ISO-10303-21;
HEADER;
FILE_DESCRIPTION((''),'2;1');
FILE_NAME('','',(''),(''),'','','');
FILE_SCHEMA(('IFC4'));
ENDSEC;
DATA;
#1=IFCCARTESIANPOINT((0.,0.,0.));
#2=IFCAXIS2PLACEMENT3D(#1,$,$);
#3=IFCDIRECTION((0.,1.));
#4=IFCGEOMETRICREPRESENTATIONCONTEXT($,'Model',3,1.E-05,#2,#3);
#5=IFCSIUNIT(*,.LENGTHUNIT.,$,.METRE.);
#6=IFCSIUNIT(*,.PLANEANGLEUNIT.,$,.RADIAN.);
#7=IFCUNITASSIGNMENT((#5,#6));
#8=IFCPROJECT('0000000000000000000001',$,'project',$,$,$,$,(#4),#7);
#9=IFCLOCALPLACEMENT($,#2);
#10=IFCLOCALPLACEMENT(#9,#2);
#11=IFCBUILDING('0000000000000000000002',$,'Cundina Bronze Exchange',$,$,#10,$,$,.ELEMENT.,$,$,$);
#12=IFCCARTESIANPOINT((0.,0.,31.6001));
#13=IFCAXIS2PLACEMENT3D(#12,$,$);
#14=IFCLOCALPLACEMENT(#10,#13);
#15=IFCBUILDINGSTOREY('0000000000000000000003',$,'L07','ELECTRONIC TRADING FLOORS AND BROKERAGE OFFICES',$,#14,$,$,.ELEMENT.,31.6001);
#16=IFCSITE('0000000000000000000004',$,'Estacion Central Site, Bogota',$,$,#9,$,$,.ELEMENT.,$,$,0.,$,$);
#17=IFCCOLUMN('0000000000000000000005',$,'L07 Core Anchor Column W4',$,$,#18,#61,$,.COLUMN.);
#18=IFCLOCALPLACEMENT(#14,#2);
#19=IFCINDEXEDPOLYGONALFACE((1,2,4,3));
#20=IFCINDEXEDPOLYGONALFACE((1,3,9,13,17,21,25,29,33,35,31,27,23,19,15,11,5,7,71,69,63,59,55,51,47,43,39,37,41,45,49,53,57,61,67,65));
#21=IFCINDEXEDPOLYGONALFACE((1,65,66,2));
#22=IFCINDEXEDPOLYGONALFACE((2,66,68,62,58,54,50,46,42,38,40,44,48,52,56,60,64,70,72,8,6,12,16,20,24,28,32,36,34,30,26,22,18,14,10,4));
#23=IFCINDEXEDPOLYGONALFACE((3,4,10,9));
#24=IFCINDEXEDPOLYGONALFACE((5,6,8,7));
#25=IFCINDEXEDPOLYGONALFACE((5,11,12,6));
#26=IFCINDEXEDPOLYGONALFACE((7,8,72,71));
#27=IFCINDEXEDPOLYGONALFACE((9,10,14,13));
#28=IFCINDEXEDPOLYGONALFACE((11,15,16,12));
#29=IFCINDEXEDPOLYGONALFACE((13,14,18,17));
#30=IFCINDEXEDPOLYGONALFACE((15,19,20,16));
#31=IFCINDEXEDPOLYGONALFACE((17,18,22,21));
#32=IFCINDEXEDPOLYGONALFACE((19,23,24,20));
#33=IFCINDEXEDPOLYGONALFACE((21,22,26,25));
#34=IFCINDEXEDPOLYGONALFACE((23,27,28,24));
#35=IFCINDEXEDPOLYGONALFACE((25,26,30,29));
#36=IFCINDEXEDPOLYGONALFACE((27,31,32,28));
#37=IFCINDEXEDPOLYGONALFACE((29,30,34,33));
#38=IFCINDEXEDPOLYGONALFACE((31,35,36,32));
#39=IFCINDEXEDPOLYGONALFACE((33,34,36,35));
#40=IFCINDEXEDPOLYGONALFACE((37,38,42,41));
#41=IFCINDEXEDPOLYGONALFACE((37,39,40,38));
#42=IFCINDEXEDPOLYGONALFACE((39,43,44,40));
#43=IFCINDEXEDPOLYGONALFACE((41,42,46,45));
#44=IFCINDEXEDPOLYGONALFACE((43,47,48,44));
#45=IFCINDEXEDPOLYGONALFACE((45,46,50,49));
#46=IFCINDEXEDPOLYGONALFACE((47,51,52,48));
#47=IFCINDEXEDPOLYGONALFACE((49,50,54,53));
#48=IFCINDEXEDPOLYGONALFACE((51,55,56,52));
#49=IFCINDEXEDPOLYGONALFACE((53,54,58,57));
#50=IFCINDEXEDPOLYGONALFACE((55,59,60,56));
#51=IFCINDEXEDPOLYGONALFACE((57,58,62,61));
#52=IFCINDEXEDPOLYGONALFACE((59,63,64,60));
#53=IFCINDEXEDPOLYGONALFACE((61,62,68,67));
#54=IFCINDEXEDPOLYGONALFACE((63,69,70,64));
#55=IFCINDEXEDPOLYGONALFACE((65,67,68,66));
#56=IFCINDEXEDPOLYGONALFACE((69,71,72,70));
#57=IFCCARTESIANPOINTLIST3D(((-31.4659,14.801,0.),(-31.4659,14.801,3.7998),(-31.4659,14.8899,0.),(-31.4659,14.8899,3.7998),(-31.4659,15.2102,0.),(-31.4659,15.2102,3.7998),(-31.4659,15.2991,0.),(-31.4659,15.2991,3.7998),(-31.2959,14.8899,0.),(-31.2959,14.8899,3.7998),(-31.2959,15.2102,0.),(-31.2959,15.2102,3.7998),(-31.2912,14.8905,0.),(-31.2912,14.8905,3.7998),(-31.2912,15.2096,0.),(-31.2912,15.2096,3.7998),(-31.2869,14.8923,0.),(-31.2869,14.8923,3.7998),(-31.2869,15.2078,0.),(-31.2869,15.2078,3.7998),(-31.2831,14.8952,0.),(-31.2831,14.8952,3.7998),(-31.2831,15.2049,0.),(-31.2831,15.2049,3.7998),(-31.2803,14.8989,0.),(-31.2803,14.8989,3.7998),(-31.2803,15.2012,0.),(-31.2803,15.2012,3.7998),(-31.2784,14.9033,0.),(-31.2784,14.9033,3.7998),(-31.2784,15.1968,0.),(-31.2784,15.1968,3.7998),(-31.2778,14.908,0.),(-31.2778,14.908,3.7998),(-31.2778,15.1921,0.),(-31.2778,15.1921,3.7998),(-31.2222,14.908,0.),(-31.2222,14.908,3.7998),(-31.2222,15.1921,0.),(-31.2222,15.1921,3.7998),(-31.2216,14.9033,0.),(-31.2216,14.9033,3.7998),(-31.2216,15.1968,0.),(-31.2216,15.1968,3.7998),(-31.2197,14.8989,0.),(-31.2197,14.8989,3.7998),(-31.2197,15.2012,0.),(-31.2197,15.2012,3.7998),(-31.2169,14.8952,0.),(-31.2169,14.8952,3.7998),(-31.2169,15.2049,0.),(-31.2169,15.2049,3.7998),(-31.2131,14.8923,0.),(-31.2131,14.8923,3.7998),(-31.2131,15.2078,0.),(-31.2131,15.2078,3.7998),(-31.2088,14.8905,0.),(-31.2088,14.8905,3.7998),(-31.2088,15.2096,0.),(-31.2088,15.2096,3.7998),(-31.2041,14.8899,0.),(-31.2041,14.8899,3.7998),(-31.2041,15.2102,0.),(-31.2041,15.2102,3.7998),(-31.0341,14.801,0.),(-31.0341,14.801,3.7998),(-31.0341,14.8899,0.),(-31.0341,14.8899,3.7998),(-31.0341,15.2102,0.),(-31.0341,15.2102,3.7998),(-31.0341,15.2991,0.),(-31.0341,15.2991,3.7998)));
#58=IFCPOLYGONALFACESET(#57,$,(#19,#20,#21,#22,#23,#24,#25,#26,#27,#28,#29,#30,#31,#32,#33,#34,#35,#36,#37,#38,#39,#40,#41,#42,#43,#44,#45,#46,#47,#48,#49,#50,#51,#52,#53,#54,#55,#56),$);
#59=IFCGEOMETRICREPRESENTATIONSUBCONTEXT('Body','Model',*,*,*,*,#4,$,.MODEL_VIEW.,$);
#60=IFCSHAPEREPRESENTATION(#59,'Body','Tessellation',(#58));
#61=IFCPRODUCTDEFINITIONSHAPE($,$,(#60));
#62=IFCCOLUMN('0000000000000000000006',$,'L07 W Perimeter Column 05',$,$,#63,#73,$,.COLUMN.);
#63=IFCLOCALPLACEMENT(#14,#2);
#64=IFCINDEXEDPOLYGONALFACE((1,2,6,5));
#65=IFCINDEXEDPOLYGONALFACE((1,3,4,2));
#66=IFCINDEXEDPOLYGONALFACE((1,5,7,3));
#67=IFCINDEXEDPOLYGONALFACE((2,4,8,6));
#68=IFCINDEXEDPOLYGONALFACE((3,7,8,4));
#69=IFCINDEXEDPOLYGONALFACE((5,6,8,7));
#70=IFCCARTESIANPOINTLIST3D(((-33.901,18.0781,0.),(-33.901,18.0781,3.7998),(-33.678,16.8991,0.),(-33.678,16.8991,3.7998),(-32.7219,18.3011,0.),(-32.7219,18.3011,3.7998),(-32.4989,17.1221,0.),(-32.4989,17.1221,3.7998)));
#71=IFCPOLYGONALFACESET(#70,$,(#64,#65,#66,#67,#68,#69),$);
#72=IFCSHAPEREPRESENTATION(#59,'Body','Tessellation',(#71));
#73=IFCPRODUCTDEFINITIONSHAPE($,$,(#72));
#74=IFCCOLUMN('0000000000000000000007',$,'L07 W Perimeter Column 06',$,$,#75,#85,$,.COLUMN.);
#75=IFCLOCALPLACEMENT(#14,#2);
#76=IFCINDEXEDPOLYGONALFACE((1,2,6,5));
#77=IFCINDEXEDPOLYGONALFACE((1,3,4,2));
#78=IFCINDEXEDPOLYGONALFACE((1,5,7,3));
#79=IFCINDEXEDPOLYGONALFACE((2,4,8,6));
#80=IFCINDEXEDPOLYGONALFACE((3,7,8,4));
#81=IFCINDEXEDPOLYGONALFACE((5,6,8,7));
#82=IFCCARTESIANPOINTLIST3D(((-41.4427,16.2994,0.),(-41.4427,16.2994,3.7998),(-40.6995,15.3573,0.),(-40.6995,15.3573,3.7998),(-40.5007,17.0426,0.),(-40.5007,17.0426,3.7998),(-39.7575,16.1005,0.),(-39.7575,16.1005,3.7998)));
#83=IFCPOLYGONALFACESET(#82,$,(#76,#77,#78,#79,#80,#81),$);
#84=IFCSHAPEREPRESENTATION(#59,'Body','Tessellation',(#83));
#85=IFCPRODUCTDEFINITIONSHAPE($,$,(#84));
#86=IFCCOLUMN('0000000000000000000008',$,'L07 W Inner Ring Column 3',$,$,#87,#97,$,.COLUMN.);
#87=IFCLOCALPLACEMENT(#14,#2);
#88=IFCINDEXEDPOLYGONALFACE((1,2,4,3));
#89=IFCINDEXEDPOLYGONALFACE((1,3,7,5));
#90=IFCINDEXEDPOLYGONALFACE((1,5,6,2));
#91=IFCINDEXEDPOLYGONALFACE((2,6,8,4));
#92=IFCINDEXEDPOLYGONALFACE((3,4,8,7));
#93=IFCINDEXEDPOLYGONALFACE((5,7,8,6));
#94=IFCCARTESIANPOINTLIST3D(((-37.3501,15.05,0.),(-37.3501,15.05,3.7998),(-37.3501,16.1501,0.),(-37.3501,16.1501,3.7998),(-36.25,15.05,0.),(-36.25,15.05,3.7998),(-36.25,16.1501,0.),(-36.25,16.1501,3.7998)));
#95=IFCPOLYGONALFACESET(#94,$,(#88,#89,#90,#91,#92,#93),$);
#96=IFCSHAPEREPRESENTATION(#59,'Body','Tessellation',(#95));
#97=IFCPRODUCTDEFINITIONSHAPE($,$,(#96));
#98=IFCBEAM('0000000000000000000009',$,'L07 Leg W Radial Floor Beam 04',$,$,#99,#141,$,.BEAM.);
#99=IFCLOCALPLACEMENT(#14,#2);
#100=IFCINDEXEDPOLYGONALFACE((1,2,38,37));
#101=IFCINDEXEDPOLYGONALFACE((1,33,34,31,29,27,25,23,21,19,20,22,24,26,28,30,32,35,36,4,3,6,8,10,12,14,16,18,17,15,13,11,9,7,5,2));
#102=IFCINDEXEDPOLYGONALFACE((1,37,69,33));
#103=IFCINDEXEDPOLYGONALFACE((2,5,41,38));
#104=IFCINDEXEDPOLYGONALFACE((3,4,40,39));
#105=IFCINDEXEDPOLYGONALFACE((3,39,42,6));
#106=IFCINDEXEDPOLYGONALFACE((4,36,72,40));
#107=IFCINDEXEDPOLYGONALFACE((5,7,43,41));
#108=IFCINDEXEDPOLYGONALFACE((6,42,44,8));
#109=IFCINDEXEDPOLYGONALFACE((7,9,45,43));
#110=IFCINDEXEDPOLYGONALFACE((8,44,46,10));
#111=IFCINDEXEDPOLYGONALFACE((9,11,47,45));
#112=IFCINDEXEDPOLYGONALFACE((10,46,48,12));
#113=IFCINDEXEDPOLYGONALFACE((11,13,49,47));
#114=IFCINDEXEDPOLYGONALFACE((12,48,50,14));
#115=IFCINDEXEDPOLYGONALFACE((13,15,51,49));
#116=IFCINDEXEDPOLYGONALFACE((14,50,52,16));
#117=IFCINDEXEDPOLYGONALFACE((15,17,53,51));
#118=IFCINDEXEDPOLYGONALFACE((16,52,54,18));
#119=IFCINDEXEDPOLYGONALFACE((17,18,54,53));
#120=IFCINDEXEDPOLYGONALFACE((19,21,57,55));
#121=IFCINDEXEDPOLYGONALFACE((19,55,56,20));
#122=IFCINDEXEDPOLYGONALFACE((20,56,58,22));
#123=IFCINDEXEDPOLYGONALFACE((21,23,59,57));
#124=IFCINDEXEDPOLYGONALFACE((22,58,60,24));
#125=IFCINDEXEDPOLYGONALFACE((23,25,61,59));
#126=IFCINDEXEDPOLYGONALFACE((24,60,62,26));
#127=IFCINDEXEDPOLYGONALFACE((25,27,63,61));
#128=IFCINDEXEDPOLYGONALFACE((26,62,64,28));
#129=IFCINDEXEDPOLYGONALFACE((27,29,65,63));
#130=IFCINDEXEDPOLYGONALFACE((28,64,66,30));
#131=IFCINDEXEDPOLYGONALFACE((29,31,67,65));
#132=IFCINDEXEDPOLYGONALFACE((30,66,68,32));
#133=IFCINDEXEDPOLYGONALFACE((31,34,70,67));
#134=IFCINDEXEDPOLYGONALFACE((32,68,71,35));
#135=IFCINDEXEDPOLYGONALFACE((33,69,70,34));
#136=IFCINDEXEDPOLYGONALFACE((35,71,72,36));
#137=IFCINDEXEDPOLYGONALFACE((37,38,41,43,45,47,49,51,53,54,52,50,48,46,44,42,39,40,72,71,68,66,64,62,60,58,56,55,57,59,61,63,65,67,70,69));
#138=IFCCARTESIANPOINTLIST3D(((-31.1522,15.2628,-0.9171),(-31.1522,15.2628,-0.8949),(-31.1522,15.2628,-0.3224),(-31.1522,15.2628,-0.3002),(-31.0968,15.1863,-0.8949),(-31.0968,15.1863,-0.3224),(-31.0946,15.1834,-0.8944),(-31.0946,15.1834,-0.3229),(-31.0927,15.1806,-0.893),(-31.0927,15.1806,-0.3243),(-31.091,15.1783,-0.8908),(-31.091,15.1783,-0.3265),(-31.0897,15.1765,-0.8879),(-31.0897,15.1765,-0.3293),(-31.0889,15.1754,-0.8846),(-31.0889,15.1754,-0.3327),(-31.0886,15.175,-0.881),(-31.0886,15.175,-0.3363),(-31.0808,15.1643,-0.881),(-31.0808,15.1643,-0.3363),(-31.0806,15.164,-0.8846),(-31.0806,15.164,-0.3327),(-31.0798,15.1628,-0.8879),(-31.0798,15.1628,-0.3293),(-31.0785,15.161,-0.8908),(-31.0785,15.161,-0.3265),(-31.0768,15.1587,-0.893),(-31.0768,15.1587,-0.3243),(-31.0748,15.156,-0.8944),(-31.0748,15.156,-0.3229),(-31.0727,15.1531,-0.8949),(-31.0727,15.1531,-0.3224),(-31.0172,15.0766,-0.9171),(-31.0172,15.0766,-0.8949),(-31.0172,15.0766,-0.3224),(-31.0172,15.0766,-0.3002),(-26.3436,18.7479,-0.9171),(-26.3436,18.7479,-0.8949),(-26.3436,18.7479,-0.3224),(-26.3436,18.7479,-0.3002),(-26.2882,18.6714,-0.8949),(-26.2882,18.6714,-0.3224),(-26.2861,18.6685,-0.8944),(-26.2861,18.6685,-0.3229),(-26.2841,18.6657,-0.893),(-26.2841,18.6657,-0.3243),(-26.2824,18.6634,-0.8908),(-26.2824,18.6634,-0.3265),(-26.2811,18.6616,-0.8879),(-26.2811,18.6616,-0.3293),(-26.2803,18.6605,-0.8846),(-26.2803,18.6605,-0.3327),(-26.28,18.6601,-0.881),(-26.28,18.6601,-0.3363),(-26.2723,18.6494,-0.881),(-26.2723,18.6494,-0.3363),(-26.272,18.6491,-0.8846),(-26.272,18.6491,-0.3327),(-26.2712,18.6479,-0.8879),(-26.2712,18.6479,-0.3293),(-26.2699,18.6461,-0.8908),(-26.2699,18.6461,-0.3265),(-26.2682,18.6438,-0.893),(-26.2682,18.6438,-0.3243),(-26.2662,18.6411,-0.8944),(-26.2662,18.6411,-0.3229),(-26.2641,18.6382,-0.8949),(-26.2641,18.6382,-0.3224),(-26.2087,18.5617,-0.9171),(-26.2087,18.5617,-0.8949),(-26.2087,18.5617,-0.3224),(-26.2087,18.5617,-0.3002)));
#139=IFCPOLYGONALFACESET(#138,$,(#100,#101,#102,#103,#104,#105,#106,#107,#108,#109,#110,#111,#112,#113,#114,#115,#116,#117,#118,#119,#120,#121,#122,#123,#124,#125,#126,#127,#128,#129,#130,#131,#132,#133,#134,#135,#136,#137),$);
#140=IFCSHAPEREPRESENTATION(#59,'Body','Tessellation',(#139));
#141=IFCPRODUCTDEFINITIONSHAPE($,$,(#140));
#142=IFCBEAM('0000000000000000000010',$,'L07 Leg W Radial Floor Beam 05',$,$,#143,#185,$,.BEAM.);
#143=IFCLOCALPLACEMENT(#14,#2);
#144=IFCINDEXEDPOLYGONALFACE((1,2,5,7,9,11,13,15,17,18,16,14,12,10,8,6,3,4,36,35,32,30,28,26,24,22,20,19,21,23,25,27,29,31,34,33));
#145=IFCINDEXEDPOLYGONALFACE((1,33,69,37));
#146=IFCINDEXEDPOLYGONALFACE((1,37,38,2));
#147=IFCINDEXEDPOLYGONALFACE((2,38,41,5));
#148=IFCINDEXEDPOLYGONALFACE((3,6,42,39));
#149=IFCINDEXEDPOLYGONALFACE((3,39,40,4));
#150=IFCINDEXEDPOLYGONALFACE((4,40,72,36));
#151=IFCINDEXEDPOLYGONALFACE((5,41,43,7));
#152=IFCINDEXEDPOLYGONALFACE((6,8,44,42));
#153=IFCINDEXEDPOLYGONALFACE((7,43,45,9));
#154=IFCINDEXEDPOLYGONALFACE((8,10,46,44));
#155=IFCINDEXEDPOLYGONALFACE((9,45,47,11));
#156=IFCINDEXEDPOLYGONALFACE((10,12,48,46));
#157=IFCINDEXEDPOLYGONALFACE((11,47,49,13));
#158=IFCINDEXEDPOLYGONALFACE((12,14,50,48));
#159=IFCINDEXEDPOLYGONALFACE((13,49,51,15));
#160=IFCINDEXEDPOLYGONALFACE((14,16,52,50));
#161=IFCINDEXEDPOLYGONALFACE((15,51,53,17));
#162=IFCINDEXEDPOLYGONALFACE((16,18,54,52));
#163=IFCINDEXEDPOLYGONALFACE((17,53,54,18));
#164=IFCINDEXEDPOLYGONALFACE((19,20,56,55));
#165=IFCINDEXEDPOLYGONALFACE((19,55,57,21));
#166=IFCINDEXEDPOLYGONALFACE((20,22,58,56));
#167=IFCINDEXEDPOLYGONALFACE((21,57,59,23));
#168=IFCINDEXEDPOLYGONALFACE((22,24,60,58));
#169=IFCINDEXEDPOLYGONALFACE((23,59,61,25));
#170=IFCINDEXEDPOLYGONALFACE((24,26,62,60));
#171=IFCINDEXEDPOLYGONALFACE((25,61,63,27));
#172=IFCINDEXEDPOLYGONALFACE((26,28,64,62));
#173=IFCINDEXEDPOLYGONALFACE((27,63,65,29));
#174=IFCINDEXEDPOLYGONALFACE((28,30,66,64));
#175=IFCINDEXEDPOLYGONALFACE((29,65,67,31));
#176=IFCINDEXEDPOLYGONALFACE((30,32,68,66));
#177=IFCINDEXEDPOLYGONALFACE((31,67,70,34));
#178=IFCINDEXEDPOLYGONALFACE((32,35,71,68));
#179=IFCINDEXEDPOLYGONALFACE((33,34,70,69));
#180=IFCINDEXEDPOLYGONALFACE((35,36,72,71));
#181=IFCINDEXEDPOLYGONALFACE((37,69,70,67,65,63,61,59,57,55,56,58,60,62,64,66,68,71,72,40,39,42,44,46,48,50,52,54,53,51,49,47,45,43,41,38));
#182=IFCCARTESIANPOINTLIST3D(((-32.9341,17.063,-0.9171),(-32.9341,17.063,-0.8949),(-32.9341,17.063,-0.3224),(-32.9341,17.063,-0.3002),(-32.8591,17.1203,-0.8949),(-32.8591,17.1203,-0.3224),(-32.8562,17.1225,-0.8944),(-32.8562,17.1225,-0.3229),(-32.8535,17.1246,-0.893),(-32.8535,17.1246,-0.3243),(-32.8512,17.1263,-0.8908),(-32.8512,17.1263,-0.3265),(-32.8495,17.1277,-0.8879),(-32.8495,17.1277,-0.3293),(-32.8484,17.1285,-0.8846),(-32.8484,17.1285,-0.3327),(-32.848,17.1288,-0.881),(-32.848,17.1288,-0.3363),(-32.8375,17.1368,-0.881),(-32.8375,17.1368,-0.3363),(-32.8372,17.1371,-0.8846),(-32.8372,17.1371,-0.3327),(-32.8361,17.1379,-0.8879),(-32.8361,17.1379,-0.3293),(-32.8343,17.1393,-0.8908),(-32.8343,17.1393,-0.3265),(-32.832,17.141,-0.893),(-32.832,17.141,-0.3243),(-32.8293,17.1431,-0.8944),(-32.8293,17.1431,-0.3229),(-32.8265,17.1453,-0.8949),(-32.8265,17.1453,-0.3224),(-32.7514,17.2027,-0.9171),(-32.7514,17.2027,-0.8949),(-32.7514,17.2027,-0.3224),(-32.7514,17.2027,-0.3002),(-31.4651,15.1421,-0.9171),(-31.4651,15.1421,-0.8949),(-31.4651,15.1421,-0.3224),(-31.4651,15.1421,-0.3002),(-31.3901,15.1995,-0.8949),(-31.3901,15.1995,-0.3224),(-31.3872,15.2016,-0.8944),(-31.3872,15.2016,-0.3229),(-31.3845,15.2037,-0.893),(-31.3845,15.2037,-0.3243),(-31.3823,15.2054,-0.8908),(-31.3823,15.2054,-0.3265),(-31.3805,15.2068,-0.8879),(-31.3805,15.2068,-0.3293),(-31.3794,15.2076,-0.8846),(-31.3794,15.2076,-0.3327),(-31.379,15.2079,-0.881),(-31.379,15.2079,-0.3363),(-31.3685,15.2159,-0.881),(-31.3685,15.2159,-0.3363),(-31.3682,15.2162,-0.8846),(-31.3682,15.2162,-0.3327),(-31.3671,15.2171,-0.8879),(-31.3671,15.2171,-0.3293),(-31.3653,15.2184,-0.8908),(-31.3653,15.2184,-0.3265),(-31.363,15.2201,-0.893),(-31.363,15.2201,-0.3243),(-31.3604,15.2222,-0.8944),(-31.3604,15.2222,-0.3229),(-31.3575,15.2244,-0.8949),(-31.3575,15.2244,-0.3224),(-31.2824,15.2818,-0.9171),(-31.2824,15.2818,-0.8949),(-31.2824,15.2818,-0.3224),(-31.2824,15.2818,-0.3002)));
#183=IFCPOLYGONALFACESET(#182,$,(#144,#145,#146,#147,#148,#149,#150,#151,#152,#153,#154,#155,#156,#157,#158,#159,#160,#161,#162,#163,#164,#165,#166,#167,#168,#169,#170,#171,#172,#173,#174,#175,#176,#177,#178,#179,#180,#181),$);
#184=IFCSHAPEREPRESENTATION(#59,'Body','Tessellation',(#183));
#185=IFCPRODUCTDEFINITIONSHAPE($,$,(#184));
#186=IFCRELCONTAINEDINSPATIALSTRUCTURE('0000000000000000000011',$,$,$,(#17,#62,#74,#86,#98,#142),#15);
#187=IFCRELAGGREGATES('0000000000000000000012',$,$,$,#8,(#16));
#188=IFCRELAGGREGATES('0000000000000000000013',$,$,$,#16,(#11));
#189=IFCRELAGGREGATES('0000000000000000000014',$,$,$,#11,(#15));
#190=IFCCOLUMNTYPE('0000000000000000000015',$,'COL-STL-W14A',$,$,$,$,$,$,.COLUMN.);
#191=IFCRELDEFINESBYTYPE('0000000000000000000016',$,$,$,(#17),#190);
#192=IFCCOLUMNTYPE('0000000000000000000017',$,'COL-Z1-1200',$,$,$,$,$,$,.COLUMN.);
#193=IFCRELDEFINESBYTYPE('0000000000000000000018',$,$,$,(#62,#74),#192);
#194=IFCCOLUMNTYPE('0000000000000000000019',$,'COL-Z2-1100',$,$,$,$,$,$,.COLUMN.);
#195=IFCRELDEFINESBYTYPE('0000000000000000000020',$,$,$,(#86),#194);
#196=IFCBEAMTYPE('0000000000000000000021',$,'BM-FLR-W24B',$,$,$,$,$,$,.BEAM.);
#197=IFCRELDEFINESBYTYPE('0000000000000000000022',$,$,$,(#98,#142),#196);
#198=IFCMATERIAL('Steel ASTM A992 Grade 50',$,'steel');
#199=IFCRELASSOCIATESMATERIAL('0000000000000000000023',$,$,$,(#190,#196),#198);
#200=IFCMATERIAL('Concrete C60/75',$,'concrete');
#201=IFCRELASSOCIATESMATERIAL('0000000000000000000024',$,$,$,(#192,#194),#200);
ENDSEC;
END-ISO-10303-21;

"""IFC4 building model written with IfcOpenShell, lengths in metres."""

from ifc_helpers import new_model, si_unit, direction, frame, origin, origin_2d, place, context, subcontext, project, spatial, rectangle, i_section, extrude, material, material_profile, profile_set, type_object, element, save


model = new_model("IFC4")

# Units and contexts
model_context = context("Model", 3, precision=1e-05, world=origin(), true_north=direction((0.0, 1.0)))
body_context = subcontext(model_context, "Body", "Model", "MODEL_VIEW")
ifc_project = project(units=[si_unit("LENGTHUNIT", "METRE"), si_unit("PLANEANGLEUNIT", "RADIAN")], contexts=[model_context])

# Site, building, storey
site_placement = place(None, origin())
site = spatial("IfcSite", under=ifc_project, at=site_placement, Name="Estacion Central Site, Bogota", CompositionType="ELEMENT", RefElevation=0.0)
building_placement = place(site_placement, origin())
building = spatial("IfcBuilding", under=site, at=building_placement, Name="Cundina Bronze Exchange", CompositionType="ELEMENT")
storey_placement = place(building_placement, frame((0.0, 0.0, 31.6001)))
storey = spatial("IfcBuildingStorey", under=building, at=storey_placement, Name="L07", Description="ELECTRONIC TRADING FLOORS AND BROKERAGE OFFICES", CompositionType="ELEMENT", Elevation=31.6001)

# Columns
ifc_material_1 = material(Name="Steel ASTM A992 Grade 50", Category="steel")
ifc_material_profile_1 = material_profile(ifc_material_1, i_section(OverallWidth=0.4319, OverallDepth=0.498, WebThickness=0.0557, FlangeThickness=0.0889, FilletRadius=0.0181, at=origin_2d()), Name="W14X500", Category="steel")
ifc_profile_set_1 = profile_set([ifc_material_profile_1], Name="Steel ASTM A992 Grade 50")
column_type_1 = type_object("IfcColumnType", Name="COL-STL-W14A", PredefinedType="COLUMN", material=ifc_profile_set_1)
column_1_placement = place(storey_placement, frame((-31.25, 15.05, 0.0), z_axis=(0.0, 0.0, 1.0), x_axis=(1.0, 0.0, 0.0)))
element("IfcColumn", 1, at=column_1_placement, inside=storey, type_object=column_type_1, Name="L07 Core Anchor Column W4", PredefinedType="COLUMN", context=body_context, shape_type="SweptSolid", body=[
    extrude(i_section(OverallWidth=0.4319, OverallDepth=0.498, WebThickness=0.0557, FlangeThickness=0.0889, FilletRadius=0.0181, at=origin_2d()), origin(), (0.0, 0.0, 1.0), 3.7998),
])
ifc_material_2 = material(Name="Concrete C60/75", Category="concrete")
ifc_material_profile_2 = material_profile(ifc_material_2, rectangle(XDim=1.2, YDim=1.2, at=origin_2d()), Name="RC1200X1200", Category="concrete")
ifc_profile_set_2 = profile_set([ifc_material_profile_2], Name="Concrete C60/75")
column_type_2 = type_object("IfcColumnType", Name="COL-Z1-1200", PredefinedType="COLUMN", material=ifc_profile_set_2)
for number, where, z_axis, x_axis, name in (
    (2, (-33.2, 17.6001, 0.0), (0.0, 0.0, 1.0), (-0.98258, -0.185838, 0.0), "L07 W Perimeter Column 05"),
    (3, (-40.6001, 16.2, 0.0), (0.0, 0.0, 1.0), (-0.785101, -0.619368, 0.0), "L07 W Perimeter Column 06"),
):
    element("IfcColumn", number, at=place(storey_placement, frame(where, z_axis=z_axis, x_axis=x_axis)), inside=storey, type_object=column_type_2, Name=name, PredefinedType="COLUMN", context=body_context, shape_type="SweptSolid", body=[
        extrude(rectangle(XDim=1.2, YDim=1.2, at=origin_2d()), origin(), (0.0, 0.0, 1.0), 3.7998),
    ])
ifc_material_profile_3 = material_profile(ifc_material_2, rectangle(XDim=1.1001, YDim=1.1001, at=origin_2d()), Name="RC1100X1100", Category="concrete")
ifc_profile_set_3 = profile_set([ifc_material_profile_3], Name="Concrete C60/75")
column_type_3 = type_object("IfcColumnType", Name="COL-Z2-1100", PredefinedType="COLUMN", material=ifc_profile_set_3)
column_2_placement = place(storey_placement, frame((-36.8, 15.6001, 0.0), z_axis=(0.0, 0.0, 1.0), x_axis=(1.0, 0.0, 0.0)))
element("IfcColumn", 4, at=column_2_placement, inside=storey, type_object=column_type_3, Name="L07 W Inner Ring Column 3", PredefinedType="COLUMN", context=body_context, shape_type="SweptSolid", body=[
    extrude(rectangle(XDim=1.1001, YDim=1.1001, at=origin_2d()), origin(), (0.0, 0.0, 1.0), 3.7998),
])

# Beams
ifc_material_profile_4 = material_profile(ifc_material_1, i_section(OverallWidth=0.23, OverallDepth=0.6169, WebThickness=0.0132, FlangeThickness=0.0222, FilletRadius=0.0139, at=origin_2d()), Name="W24X94", Category="steel")
ifc_profile_set_4 = profile_set([ifc_material_profile_4], Name="Steel ASTM A992 Grade 50")
beam_type_1 = type_object("IfcBeamType", Name="BM-FLR-W24B", PredefinedType="BEAM", material=ifc_profile_set_4)
beam_1_placement = place(storey_placement, frame((-31.0847, 15.1697, -0.6086), z_axis=(0.8097, 0.586844, 0.0), x_axis=(-0.586844, 0.8097, 0.0)))
element("IfcBeam", 5, at=beam_1_placement, inside=storey, type_object=beam_type_1, Name="L07 Leg W Radial Floor Beam 04", PredefinedType="BEAM", context=body_context, shape_type="SweptSolid", body=[
    extrude(i_section(OverallWidth=0.23, OverallDepth=0.6169, WebThickness=0.0132, FlangeThickness=0.0222, FilletRadius=0.0139, at=origin_2d()), origin(), (0.0, 0.0, 1.0), 5.9387),
])
beam_2_placement = place(storey_placement, frame((-31.3738, 15.2119, -0.6086), z_axis=(-0.607469, 0.794344, 0.0), x_axis=(-0.794344, -0.607469, 0.0)))
element("IfcBeam", 6, at=beam_2_placement, inside=storey, type_object=beam_type_1, Name="L07 Leg W Radial Floor Beam 05", PredefinedType="BEAM", context=body_context, shape_type="SweptSolid", body=[
    extrude(i_section(OverallWidth=0.23, OverallDepth=0.6169, WebThickness=0.0132, FlangeThickness=0.0222, FilletRadius=0.0139, at=origin_2d()), origin(), (0.0, 0.0, 1.0), 2.4182),
])

save(model, "model.ifc")
